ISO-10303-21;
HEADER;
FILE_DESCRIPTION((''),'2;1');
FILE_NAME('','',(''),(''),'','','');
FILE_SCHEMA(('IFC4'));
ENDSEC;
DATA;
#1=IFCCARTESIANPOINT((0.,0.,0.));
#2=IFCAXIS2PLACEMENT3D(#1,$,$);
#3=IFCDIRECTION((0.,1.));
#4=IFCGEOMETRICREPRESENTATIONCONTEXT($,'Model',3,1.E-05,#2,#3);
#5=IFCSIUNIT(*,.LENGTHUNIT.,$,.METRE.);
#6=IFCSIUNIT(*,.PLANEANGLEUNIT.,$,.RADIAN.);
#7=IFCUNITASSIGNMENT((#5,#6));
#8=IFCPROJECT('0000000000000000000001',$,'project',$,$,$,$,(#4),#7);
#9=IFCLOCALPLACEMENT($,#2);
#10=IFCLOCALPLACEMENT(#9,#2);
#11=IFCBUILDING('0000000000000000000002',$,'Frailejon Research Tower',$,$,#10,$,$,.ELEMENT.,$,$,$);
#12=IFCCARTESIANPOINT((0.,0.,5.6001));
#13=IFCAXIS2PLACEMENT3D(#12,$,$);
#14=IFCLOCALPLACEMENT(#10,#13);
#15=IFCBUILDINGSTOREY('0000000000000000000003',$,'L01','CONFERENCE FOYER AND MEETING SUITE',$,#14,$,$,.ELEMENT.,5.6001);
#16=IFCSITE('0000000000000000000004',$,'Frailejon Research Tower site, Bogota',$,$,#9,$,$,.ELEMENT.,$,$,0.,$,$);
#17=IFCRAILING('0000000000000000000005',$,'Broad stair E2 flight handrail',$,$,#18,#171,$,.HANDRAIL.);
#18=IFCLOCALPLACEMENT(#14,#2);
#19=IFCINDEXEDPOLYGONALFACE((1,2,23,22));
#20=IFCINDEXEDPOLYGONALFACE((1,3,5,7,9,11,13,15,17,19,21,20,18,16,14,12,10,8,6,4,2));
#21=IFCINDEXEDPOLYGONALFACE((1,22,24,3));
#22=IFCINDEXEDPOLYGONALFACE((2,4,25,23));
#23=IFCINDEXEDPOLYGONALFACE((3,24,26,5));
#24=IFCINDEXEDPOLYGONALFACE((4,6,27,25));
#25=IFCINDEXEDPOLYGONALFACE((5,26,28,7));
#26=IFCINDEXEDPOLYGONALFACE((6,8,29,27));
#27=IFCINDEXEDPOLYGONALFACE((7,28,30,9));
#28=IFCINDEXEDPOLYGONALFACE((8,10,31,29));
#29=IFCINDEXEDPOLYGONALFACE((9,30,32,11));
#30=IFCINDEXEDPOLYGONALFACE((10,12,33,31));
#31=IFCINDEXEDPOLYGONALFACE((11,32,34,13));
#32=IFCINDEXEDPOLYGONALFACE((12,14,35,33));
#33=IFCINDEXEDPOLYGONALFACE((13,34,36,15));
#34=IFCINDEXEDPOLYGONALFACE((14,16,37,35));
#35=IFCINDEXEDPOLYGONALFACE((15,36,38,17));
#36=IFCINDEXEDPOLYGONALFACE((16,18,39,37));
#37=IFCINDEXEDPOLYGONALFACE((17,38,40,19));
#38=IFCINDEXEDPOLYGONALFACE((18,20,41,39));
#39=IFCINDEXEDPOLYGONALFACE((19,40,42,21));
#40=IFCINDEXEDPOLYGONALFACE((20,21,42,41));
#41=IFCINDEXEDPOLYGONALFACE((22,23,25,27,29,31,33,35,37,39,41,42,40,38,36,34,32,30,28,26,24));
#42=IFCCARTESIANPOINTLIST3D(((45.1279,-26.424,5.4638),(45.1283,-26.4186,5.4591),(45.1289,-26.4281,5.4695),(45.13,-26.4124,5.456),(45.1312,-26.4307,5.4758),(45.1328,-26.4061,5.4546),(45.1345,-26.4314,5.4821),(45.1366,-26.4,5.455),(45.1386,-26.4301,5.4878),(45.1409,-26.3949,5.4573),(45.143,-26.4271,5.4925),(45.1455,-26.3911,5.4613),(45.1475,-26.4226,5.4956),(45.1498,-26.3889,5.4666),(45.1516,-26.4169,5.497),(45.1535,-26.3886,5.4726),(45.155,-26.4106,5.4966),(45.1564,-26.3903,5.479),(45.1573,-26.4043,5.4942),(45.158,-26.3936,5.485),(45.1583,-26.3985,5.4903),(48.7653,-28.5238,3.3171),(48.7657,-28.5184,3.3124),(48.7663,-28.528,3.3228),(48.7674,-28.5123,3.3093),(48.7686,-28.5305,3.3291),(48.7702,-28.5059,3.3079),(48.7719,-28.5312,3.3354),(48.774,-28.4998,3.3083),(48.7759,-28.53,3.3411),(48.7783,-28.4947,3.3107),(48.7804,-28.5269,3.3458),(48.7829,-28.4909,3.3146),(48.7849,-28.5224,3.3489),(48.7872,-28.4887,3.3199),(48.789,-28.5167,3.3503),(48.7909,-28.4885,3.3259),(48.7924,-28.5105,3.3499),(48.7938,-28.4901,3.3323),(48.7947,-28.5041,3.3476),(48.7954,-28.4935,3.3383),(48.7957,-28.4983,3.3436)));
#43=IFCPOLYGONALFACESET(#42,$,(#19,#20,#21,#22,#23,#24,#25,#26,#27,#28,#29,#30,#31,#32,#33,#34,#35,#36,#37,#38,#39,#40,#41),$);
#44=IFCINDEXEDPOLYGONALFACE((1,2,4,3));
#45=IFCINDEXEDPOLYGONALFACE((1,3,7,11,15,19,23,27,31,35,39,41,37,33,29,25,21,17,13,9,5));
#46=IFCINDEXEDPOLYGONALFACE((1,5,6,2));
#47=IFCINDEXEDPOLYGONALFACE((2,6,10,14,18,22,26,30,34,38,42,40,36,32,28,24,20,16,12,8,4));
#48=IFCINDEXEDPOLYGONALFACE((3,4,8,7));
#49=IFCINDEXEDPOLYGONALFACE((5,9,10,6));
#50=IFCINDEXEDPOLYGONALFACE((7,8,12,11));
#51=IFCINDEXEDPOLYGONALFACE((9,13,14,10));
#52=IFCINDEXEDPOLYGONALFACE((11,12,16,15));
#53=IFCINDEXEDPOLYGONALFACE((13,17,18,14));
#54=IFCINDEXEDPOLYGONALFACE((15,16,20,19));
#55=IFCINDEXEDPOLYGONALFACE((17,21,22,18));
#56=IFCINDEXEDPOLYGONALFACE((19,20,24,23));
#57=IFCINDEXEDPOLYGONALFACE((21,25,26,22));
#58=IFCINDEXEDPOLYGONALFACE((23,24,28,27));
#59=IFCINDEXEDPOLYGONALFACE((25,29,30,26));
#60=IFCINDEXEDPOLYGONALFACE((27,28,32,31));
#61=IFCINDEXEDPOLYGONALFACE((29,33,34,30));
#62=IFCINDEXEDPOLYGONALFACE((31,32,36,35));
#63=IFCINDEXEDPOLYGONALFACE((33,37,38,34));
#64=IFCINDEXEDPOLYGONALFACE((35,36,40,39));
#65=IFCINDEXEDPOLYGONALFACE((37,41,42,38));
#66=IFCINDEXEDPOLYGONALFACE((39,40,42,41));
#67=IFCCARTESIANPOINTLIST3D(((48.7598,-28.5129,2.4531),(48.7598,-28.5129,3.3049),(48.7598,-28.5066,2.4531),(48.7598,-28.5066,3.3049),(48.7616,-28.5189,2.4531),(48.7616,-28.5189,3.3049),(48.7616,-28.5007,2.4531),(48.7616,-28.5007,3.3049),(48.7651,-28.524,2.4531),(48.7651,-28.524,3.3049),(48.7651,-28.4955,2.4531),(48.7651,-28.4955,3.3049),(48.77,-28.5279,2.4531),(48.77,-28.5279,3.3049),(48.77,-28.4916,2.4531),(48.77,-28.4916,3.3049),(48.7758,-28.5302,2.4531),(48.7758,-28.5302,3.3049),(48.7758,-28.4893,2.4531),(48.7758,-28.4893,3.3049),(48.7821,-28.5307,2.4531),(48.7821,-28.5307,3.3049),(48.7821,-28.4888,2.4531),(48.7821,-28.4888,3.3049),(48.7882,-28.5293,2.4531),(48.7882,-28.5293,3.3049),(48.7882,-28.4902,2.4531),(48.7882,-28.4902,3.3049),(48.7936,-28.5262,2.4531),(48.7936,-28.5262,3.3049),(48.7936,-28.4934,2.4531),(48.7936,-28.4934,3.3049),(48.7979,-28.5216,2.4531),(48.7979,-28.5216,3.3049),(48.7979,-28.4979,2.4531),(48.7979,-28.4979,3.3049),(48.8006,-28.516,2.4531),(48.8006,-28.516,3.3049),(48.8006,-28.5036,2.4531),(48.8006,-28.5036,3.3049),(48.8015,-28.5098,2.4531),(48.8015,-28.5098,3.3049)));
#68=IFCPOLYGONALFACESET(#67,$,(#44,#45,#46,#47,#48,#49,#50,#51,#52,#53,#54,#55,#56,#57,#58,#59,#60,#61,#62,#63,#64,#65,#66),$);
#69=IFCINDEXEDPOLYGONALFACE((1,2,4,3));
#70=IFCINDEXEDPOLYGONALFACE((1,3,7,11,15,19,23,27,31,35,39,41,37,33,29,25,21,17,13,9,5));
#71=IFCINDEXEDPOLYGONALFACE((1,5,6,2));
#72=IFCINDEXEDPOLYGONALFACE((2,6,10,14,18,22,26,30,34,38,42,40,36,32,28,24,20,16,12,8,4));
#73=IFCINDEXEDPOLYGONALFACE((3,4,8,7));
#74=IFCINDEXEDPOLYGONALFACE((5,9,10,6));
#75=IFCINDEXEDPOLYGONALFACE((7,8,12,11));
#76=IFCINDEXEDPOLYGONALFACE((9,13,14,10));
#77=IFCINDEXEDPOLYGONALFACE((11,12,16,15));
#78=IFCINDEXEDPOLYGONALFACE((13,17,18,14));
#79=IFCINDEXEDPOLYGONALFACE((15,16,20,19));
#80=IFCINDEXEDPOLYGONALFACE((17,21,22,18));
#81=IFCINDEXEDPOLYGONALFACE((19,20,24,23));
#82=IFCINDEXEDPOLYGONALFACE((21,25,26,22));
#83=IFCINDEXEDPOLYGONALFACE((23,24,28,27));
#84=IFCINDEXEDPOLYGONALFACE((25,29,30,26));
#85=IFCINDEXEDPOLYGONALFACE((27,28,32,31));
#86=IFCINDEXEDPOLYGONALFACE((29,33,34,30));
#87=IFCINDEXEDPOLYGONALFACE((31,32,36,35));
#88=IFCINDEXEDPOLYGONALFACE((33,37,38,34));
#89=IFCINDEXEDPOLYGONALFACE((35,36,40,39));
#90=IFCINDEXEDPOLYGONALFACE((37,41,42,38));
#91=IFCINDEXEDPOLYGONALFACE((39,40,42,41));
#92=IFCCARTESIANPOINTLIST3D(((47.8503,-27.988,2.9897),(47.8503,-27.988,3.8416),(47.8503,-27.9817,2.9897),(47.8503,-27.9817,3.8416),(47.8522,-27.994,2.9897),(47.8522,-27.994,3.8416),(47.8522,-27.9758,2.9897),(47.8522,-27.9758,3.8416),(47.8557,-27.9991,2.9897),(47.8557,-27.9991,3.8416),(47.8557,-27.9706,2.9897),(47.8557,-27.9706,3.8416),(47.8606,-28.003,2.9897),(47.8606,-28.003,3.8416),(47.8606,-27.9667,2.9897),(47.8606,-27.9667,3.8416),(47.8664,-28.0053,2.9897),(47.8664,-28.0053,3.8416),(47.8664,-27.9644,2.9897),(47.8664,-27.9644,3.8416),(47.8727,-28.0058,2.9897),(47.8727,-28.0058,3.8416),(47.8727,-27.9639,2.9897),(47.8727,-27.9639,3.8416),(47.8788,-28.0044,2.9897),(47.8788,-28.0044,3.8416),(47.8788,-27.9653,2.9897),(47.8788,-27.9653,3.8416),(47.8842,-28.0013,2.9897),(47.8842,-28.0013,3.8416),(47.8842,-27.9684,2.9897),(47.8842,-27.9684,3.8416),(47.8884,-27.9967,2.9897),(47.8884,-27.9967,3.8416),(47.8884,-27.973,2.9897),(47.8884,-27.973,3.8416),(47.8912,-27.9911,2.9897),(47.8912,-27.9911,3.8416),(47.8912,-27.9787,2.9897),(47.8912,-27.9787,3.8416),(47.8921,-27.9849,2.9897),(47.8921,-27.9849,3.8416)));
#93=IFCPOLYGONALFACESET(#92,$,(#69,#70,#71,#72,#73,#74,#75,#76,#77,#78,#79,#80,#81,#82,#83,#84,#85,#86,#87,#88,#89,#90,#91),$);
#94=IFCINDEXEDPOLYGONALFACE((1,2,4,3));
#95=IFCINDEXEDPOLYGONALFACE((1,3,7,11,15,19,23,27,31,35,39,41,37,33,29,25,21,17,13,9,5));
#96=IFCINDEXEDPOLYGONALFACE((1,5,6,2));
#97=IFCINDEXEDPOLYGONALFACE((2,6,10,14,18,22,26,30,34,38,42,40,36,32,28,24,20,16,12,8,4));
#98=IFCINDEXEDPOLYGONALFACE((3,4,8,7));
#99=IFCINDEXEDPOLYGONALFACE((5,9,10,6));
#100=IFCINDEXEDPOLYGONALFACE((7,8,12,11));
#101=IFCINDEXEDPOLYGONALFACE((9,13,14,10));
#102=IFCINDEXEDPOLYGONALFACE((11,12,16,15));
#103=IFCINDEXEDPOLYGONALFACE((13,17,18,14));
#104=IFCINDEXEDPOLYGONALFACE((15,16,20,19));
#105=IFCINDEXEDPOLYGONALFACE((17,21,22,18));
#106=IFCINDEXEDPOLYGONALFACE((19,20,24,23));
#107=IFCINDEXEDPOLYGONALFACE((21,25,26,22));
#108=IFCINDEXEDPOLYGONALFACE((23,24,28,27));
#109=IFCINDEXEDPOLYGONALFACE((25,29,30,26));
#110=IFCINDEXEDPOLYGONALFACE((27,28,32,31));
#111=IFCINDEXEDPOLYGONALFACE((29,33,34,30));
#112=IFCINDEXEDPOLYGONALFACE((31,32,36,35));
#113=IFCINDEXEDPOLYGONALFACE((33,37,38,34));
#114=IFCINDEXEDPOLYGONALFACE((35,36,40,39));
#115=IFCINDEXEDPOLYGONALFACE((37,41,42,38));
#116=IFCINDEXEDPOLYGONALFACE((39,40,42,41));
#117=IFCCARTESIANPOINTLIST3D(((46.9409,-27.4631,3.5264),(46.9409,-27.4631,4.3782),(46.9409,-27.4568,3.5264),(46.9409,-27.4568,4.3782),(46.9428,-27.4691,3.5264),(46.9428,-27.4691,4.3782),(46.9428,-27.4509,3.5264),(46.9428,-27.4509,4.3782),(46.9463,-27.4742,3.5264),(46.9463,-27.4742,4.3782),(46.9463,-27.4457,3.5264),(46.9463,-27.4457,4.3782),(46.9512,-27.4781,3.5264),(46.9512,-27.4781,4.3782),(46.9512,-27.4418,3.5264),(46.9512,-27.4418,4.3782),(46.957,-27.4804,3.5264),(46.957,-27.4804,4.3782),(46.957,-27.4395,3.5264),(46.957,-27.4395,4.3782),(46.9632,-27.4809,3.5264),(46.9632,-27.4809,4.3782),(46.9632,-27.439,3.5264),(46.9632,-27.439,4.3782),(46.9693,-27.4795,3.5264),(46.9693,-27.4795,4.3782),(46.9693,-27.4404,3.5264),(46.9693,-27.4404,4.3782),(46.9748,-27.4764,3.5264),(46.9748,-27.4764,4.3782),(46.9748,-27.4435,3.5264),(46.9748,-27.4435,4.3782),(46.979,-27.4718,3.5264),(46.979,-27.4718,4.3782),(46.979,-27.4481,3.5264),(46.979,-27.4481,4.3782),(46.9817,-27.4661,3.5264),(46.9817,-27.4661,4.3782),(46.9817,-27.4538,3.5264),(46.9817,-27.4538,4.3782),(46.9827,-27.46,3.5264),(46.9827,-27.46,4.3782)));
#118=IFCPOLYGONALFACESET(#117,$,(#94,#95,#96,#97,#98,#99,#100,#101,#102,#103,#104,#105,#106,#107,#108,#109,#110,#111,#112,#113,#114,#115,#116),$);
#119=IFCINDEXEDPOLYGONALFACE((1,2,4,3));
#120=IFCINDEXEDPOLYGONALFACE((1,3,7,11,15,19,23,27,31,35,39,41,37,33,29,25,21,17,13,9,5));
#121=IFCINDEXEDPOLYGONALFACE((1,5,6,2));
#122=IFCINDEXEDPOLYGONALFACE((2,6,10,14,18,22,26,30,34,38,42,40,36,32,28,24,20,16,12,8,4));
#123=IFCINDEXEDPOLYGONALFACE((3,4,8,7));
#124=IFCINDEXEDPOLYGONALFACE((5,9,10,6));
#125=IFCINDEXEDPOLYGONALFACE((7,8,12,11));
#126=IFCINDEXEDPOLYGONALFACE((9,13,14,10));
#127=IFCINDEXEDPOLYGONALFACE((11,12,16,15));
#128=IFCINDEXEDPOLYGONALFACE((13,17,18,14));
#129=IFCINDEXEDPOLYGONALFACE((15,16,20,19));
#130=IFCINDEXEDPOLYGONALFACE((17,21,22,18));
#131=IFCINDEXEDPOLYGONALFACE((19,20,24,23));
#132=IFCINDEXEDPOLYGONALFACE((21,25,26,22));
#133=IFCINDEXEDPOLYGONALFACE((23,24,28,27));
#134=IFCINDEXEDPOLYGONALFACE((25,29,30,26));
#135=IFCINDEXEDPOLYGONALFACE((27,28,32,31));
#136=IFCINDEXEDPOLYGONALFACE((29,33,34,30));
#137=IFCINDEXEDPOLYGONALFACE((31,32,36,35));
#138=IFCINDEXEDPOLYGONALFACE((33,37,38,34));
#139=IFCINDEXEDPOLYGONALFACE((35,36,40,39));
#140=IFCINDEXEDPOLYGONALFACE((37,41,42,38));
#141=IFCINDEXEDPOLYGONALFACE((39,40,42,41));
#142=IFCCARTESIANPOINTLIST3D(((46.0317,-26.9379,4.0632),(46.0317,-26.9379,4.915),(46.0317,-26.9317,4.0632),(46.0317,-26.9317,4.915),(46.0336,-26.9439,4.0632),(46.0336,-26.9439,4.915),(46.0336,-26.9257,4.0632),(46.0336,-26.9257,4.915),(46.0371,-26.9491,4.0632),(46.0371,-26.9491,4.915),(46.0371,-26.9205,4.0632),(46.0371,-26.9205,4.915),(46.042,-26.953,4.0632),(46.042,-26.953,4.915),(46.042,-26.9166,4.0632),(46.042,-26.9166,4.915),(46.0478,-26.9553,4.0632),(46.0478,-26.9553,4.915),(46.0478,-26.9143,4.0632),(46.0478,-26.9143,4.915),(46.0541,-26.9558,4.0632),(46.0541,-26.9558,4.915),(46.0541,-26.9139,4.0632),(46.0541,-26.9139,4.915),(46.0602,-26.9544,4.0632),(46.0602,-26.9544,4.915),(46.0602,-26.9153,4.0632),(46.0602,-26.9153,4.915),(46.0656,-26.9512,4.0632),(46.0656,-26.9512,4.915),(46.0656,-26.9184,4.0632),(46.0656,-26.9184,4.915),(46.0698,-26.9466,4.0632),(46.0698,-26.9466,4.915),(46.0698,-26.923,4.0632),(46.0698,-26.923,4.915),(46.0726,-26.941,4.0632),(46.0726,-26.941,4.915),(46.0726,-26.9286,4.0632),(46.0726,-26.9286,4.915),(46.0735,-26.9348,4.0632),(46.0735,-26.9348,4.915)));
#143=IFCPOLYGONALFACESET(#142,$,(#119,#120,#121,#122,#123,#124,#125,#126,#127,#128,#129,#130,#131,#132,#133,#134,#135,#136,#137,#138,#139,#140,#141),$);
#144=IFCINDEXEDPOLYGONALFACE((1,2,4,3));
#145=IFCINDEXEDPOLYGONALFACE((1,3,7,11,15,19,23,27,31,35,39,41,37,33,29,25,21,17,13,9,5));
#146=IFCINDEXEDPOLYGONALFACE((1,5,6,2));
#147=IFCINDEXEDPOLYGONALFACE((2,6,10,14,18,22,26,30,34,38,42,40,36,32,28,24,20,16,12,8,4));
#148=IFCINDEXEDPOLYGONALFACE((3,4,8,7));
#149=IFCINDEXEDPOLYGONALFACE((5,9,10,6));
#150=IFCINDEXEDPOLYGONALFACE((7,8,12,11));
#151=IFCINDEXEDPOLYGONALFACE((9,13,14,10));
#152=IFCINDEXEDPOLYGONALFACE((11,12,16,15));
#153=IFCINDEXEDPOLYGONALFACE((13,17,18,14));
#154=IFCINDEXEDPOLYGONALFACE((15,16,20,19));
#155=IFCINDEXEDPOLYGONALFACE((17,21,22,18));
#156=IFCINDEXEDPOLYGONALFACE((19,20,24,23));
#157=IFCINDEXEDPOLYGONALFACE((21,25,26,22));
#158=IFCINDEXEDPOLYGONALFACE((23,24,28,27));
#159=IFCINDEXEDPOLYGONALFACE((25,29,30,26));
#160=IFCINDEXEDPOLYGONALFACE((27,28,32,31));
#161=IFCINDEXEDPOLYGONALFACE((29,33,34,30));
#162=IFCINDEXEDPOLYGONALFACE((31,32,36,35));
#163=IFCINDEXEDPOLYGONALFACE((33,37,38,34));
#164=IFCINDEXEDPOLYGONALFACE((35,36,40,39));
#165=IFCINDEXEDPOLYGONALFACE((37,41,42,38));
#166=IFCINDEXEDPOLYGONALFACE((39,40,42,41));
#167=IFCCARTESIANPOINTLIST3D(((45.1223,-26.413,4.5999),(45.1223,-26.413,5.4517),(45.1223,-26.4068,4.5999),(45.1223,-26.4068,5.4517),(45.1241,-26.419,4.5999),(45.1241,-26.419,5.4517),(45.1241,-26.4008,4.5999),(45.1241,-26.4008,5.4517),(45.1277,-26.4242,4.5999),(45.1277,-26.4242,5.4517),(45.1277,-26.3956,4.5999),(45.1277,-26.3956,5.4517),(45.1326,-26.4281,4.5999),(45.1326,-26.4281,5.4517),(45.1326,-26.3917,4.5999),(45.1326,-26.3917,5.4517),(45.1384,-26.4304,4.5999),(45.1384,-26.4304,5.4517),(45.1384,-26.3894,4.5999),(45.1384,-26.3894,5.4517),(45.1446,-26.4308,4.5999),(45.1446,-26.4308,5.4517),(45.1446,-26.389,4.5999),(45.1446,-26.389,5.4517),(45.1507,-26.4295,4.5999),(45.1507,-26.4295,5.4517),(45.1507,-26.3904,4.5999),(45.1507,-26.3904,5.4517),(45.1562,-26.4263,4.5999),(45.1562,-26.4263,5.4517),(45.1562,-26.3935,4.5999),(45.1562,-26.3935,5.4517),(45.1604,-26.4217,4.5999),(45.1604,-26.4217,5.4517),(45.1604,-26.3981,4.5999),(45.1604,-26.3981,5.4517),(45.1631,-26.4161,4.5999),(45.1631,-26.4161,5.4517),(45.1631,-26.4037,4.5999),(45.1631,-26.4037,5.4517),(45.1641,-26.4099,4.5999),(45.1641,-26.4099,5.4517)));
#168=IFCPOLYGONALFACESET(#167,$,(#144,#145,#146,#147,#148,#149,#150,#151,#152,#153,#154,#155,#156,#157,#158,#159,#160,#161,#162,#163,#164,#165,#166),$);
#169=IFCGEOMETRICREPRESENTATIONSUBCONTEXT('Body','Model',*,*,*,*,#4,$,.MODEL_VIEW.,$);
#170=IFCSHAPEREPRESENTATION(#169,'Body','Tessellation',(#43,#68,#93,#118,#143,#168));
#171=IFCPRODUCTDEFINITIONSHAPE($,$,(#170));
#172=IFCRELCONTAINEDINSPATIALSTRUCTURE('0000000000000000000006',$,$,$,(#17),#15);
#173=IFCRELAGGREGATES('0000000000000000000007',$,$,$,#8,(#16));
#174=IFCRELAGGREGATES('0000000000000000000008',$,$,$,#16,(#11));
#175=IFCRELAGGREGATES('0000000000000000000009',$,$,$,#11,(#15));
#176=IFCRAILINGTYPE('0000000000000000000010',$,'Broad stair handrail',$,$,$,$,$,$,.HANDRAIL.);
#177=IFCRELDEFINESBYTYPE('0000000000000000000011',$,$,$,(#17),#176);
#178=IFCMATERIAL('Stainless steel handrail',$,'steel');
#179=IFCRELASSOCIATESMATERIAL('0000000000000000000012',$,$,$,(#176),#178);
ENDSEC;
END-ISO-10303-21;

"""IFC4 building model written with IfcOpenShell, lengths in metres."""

from ifc_helpers import new_model, si_unit, direction, frame, origin, origin_2d, place, context, subcontext, project, spatial, circle, extrude, material, type_object, element, save


model = new_model("IFC4")

# Units and contexts
model_context = context("Model", 3, precision=1e-05, world=origin(), true_north=direction((0.0, 1.0)))
body_context = subcontext(model_context, "Body", "Model", "MODEL_VIEW")
ifc_project = project(units=[si_unit("LENGTHUNIT", "METRE"), si_unit("PLANEANGLEUNIT", "RADIAN")], contexts=[model_context])

# Site, building, storey
site_placement = place(None, origin())
site = spatial("IfcSite", under=ifc_project, at=site_placement, Name="Frailejon Research Tower site, Bogota", CompositionType="ELEMENT", RefElevation=0.0)
building_placement = place(site_placement, origin())
building = spatial("IfcBuilding", under=site, at=building_placement, Name="Frailejon Research Tower", CompositionType="ELEMENT")
storey_placement = place(building_placement, frame((0.0, 0.0, 5.6001)))
storey = spatial("IfcBuildingStorey", under=building, at=storey_placement, Name="L01", Description="CONFERENCE FOYER AND MEETING SUITE", CompositionType="ELEMENT", Elevation=5.6001)

# Railing
ifc_material_1 = material(Name="Stainless steel handrail", Category="steel")
railing_type_1 = type_object("IfcRailingType", Name="Broad stair handrail", PredefinedType="HANDRAIL", material=ifc_material_1)
railing_1_placement = place(storey_placement, frame((48.7805, -28.5098, 2.4531)))
element("IfcRailing", 1, at=railing_1_placement, inside=storey, type_object=railing_type_1, Name="Broad stair E2 flight handrail", PredefinedType="HANDRAIL", context=body_context, shape_type="SweptSolid", body=[
    extrude(circle(Radius=0.0239, at=origin_2d()), frame((0.0, 0.0, 0.876), z_axis=(-0.771158, 0.445179, 0.455117), x_axis=(-0.499959, -0.866049, 0.0)), (0.0, 0.0, 1.0), 4.7168),
    extrude(circle(Radius=0.021, at=origin_2d()), origin(), (0.0, 0.0, 1.0), 0.8518),
    extrude(circle(Radius=0.021, at=origin_2d()), frame((-0.9094, 0.5249, 0.5366)), (0.0, 0.0, 1.0), 0.8518),
    extrude(circle(Radius=0.021, at=origin_2d()), frame((-1.8188, 1.0498, 1.0732)), (0.0, 0.0, 1.0), 0.8518),
    extrude(circle(Radius=0.021, at=origin_2d()), frame((-2.728, 1.575, 1.6101)), (0.0, 0.0, 1.0), 0.8518),
    extrude(circle(Radius=0.021, at=origin_2d()), frame((-3.6375, 2.0999, 2.1467)), (0.0, 0.0, 1.0), 0.8518),
])

save(model, "model.ifc")
